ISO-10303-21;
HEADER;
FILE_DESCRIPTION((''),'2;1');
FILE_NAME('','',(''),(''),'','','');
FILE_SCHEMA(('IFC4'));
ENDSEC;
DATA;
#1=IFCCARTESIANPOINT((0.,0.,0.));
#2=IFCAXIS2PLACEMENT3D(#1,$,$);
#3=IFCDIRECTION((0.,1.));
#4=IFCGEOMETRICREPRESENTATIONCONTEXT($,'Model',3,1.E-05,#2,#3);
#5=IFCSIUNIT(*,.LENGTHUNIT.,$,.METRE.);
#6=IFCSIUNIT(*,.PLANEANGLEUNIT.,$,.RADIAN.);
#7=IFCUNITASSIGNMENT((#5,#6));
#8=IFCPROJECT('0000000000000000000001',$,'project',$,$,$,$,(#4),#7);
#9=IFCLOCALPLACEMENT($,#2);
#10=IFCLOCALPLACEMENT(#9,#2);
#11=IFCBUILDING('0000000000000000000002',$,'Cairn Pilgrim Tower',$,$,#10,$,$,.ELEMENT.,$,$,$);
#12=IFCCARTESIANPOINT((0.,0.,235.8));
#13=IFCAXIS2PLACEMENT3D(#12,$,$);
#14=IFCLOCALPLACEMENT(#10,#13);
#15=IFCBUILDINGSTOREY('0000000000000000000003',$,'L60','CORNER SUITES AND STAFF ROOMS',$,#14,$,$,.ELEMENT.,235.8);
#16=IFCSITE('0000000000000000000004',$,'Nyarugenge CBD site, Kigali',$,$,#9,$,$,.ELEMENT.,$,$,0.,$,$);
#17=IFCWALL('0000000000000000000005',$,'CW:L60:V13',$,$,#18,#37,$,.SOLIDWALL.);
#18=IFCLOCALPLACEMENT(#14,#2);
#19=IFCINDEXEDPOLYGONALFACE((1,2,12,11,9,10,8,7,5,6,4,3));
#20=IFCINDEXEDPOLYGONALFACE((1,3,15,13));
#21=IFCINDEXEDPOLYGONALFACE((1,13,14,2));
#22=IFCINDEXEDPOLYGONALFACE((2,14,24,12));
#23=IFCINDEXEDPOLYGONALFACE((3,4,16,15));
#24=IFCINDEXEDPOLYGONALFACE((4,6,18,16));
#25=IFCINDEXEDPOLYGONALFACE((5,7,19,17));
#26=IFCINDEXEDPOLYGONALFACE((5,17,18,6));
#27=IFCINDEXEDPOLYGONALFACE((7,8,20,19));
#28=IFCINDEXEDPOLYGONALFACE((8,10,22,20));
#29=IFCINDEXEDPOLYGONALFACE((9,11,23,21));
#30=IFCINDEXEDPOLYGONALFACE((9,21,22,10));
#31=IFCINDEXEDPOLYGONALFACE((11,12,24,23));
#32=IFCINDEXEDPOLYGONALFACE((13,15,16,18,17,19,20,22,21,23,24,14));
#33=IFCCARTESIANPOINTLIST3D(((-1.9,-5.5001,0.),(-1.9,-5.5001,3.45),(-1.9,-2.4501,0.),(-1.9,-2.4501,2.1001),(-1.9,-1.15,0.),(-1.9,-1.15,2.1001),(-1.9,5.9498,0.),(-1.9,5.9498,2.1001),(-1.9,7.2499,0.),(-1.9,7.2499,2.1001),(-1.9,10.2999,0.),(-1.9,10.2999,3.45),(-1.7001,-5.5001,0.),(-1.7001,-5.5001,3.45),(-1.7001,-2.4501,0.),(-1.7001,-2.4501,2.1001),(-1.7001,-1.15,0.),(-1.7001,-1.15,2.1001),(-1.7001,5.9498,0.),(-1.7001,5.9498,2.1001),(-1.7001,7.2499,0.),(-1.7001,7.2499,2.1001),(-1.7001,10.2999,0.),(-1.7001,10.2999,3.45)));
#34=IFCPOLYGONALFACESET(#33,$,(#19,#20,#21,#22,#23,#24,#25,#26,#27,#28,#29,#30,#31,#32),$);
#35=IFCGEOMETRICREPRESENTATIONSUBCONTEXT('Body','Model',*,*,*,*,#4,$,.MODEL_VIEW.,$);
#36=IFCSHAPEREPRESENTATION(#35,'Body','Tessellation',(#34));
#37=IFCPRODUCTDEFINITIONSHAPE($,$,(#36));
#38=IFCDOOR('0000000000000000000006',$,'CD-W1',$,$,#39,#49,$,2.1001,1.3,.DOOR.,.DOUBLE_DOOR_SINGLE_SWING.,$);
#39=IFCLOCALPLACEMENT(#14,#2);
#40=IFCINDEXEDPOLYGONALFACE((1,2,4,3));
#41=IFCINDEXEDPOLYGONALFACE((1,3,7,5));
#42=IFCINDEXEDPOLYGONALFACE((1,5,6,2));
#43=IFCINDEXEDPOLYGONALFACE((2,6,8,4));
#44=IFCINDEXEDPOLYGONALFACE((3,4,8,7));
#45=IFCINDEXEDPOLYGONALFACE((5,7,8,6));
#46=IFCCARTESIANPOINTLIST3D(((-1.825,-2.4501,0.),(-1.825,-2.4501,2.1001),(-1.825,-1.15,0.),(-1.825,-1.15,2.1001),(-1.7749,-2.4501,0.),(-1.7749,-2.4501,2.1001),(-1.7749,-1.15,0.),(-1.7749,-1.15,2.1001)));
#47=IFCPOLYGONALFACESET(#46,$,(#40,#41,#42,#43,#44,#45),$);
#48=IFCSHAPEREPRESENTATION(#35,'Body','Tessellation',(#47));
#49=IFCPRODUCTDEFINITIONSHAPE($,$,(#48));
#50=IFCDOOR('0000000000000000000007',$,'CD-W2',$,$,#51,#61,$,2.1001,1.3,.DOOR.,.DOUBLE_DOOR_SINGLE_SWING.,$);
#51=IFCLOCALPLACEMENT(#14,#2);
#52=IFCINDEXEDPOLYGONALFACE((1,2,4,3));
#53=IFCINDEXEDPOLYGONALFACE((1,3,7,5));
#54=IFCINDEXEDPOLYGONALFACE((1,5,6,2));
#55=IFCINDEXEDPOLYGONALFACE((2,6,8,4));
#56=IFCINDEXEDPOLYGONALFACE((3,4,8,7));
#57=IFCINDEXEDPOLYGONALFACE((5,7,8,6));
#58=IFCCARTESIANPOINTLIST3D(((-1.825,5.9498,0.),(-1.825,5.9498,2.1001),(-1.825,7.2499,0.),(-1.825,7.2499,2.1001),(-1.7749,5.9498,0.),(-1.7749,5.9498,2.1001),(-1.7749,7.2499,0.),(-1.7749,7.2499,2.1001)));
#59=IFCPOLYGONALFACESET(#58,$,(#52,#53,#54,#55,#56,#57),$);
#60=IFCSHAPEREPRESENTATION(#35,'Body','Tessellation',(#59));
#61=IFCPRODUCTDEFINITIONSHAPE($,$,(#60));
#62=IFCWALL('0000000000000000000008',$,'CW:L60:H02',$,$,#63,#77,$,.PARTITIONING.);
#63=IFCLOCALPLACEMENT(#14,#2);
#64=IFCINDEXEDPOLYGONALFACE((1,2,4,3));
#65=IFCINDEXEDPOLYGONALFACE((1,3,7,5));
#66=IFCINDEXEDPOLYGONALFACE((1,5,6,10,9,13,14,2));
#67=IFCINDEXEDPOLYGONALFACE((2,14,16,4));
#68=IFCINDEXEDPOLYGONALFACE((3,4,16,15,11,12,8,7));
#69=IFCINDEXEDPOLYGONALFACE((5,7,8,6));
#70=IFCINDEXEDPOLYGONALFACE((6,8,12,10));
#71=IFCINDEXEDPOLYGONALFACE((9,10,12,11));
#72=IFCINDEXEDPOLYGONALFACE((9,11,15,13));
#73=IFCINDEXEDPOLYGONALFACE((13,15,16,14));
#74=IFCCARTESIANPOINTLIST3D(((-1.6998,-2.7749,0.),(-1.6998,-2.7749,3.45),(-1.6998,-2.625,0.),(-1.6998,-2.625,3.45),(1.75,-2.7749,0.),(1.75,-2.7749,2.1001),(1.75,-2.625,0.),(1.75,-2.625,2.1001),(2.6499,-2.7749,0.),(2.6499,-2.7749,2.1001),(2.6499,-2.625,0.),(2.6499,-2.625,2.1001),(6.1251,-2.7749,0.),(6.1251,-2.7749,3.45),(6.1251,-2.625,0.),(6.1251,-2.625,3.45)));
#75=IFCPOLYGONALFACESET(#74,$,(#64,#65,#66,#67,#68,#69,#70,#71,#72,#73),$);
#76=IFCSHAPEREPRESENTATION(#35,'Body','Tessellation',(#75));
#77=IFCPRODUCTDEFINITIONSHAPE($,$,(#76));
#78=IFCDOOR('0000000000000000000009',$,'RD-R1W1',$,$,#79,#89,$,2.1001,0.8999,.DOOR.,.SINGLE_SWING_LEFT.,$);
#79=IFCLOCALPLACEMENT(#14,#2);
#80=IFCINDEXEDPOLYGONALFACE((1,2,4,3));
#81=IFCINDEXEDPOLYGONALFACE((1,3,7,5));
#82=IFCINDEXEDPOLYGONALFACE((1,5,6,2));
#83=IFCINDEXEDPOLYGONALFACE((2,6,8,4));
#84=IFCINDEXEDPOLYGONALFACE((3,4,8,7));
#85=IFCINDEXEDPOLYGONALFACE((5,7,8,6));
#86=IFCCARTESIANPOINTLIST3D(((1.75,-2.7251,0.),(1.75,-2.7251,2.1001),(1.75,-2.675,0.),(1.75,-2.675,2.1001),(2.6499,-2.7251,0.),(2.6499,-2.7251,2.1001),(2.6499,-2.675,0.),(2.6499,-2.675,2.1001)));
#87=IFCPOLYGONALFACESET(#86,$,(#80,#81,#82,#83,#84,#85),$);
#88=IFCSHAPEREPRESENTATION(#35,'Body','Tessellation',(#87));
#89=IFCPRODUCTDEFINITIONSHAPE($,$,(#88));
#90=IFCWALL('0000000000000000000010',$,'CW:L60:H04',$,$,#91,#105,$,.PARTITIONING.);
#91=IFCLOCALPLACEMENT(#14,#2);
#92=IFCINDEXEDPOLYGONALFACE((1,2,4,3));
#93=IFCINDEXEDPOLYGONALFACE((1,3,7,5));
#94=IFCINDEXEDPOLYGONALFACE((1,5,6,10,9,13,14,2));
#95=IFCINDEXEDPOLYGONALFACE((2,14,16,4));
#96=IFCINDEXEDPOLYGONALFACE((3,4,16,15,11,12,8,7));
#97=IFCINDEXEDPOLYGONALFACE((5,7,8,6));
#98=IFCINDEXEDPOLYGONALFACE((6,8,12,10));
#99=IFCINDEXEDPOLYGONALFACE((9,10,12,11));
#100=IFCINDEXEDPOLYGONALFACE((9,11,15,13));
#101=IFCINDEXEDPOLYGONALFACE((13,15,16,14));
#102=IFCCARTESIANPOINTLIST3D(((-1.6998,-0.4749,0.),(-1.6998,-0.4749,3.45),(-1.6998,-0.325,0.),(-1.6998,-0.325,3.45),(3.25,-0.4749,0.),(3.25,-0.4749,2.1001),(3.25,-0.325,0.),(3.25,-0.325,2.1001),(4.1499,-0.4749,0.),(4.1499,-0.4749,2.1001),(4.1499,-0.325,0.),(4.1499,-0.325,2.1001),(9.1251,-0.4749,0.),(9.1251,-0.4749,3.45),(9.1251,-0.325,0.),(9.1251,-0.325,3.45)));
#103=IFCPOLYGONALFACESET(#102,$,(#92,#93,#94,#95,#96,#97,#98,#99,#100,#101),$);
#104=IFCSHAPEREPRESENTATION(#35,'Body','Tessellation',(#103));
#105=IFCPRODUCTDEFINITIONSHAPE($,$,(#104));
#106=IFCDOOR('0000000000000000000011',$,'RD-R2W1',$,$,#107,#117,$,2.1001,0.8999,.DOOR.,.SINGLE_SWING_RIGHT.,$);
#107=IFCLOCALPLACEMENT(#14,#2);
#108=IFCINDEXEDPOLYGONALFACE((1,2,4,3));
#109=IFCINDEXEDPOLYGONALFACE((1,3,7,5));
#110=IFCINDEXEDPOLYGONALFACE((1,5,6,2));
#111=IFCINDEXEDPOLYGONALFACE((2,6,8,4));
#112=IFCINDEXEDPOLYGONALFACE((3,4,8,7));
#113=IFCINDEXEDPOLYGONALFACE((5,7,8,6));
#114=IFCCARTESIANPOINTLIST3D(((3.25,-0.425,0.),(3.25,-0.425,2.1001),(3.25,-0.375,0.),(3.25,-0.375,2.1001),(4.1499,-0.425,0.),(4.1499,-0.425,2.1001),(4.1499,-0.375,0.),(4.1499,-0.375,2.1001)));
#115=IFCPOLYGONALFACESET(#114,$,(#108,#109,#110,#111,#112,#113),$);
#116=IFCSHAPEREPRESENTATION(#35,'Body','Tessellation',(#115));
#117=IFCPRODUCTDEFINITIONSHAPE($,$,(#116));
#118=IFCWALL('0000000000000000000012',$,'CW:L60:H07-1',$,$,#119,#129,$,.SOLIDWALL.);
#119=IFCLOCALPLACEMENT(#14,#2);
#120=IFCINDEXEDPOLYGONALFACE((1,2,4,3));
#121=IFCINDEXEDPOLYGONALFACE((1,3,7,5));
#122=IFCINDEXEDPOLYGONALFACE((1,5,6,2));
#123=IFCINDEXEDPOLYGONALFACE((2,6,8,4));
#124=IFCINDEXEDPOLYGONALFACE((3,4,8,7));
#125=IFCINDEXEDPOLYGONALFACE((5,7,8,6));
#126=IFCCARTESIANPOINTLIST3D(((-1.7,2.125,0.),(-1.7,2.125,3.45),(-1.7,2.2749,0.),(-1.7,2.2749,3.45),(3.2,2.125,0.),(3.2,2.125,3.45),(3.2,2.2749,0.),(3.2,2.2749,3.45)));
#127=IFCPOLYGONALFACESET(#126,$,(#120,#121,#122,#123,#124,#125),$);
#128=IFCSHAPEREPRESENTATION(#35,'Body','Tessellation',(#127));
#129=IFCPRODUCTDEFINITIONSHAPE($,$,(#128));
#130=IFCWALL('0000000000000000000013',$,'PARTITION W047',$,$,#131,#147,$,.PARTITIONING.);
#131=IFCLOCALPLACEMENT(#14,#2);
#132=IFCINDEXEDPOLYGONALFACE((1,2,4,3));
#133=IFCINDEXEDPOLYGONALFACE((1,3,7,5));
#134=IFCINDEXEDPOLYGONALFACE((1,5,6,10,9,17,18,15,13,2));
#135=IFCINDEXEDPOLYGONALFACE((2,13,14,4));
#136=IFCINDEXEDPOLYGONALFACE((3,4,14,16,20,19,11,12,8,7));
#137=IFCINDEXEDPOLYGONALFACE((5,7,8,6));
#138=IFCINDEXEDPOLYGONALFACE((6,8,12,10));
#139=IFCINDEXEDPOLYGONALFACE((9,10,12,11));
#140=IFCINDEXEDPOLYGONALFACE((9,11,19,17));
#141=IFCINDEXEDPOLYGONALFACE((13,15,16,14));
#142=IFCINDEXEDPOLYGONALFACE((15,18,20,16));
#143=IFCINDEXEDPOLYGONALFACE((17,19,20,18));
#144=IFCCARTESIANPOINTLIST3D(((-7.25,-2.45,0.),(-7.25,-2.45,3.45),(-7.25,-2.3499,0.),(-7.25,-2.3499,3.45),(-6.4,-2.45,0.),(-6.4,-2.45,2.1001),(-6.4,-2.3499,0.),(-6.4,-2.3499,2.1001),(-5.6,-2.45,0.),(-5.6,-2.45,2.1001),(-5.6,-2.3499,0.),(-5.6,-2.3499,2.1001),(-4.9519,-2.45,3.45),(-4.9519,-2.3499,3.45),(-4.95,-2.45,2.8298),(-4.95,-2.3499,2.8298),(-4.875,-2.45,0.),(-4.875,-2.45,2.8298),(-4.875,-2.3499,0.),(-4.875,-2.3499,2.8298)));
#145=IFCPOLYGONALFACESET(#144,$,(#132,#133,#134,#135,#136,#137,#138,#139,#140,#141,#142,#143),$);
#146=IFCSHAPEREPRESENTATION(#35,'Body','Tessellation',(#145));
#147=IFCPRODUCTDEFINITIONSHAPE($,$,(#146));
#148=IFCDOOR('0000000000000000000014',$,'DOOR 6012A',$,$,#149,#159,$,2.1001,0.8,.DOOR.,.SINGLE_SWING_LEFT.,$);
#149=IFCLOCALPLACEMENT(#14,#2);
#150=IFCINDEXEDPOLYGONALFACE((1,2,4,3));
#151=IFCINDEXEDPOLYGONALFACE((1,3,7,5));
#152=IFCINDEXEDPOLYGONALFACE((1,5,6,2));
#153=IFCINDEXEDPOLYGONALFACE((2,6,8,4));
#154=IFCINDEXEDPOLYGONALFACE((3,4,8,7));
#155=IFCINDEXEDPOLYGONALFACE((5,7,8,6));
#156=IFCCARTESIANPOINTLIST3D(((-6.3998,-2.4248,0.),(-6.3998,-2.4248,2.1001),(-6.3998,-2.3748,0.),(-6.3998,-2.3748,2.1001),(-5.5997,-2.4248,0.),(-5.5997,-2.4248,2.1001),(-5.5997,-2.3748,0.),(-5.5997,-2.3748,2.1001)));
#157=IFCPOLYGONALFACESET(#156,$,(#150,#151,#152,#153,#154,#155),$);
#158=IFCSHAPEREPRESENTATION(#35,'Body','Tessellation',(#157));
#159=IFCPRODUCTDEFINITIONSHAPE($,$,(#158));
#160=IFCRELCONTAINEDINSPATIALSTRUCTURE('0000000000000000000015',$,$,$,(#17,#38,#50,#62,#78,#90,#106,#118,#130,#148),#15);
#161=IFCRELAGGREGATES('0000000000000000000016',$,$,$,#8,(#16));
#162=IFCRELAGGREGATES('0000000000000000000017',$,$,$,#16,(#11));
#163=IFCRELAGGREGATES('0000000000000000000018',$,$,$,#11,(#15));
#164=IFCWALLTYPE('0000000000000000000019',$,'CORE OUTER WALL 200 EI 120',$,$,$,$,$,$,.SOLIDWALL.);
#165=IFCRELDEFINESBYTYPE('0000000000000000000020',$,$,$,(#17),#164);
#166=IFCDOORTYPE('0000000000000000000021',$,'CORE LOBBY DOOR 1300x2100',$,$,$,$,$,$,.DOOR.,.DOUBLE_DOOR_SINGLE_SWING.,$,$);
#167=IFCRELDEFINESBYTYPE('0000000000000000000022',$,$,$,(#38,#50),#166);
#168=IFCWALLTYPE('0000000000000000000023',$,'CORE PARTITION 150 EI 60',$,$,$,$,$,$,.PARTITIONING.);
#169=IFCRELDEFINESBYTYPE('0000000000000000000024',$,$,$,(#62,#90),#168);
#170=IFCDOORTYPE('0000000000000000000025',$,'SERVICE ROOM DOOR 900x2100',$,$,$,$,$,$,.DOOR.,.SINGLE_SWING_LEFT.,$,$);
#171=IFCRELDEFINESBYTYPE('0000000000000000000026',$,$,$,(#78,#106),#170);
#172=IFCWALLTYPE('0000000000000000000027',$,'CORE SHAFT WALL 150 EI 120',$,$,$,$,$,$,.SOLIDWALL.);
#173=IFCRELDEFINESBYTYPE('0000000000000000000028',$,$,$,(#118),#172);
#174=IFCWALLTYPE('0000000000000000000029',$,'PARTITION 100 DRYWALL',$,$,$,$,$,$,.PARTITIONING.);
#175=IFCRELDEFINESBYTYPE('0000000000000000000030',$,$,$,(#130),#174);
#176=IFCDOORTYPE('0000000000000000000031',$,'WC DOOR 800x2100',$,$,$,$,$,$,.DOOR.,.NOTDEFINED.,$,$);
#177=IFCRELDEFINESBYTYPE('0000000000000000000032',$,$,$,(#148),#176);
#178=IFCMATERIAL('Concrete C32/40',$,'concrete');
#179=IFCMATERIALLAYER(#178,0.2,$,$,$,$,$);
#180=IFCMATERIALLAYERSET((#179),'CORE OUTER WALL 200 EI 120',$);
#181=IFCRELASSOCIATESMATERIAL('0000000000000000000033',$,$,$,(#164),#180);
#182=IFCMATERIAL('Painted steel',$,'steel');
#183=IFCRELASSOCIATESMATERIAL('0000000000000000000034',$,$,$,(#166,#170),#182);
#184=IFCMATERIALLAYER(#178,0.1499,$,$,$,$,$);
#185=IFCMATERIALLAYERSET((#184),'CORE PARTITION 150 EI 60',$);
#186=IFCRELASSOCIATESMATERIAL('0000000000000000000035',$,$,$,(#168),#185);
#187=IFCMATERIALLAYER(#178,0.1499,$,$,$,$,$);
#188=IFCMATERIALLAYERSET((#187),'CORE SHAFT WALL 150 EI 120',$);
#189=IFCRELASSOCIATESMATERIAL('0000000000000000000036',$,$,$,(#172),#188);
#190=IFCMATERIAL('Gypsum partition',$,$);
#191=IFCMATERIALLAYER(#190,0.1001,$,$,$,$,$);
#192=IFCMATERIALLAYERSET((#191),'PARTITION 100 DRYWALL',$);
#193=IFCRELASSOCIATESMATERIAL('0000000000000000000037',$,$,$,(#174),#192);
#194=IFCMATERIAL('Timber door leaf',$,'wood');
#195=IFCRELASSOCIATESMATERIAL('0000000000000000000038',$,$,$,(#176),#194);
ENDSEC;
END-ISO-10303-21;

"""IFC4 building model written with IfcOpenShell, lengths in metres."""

from ifc_helpers import new_model, si_unit, direction, frame, frame_2d, origin, place, context, subcontext, project, spatial, polyline, rectangle, outline, extrude, material, layer, layer_set, type_object, element, fill, save


model = new_model("IFC4")

# Units and contexts
model_context = context("Model", 3, precision=1e-05, world=origin(), true_north=direction((0.0, 1.0)))
body_context = subcontext(model_context, "Body", "Model", "MODEL_VIEW")
ifc_project = project(units=[si_unit("LENGTHUNIT", "METRE"), si_unit("PLANEANGLEUNIT", "RADIAN")], contexts=[model_context])

# Site, building, storey
site_placement = place(None, origin())
site = spatial("IfcSite", under=ifc_project, at=site_placement, Name="Nyarugenge CBD site, Kigali", CompositionType="ELEMENT", RefElevation=0.0)
building_placement = place(site_placement, origin())
building = spatial("IfcBuilding", under=site, at=building_placement, Name="Cairn Pilgrim Tower", CompositionType="ELEMENT")
storey_placement = place(building_placement, frame((0.0, 0.0, 235.8)))
storey = spatial("IfcBuildingStorey", under=building, at=storey_placement, Name="L60", Description="CORNER SUITES AND STAFF ROOMS", CompositionType="ELEMENT", Elevation=235.8)

# Shared definitions
ifc_material_1 = material(Name="Concrete C32/40", Category="concrete")
ifc_layer_1 = layer(ifc_material_1, 0.2)
ifc_layer_set_1 = layer_set([ifc_layer_1], Name="CORE OUTER WALL 200 EI 120")
wall_type_1 = type_object("IfcWallType", Name="CORE OUTER WALL 200 EI 120", PredefinedType="SOLIDWALL", material=ifc_layer_set_1)

# Wall, openings, doors
wall_1_placement = place(storey_placement, frame((-1.8, -5.5, 0.0), z_axis=(0.0, 0.0, 1.0), x_axis=(0.0, 1.0, 0.0)))
wall_1 = element("IfcWall", 1, at=wall_1_placement, inside=storey, type_object=wall_type_1, Name="CW:L60:V13", PredefinedType="SOLIDWALL", context=body_context, shape_type="SweptSolid", body=[
    extrude(rectangle(XDim=15.8, YDim=0.2, at=frame_2d((7.8999, 0.0))), origin(), (0.0, 0.0, 1.0), 3.45),
])
opening_1_placement = place(wall_1_placement, frame((3.05, 0.0, 0.0)))
opening_1 = element("IfcOpeningElement", 2, at=opening_1_placement, cuts=wall_1, PredefinedType="OPENING", context=body_context, shape_type="SweptSolid", body=[
    extrude(rectangle(XDim=1.3, YDim=2.1001, at=frame_2d((0.6499, 1.05))), frame((0.0, 0.1099, 0.0), z_axis=(0.0, -1.0, 0.0), x_axis=(1.0, 0.0, 0.0)), (0.0, 0.0, 1.0), 0.22),
])
opening_2_placement = place(wall_1_placement, frame((11.45, 0.0, 0.0)))
opening_2 = element("IfcOpeningElement", 3, at=opening_2_placement, cuts=wall_1, PredefinedType="OPENING", context=body_context, shape_type="SweptSolid", body=[
    extrude(rectangle(XDim=1.3, YDim=2.1001, at=frame_2d((0.6499, 1.05))), frame((0.0, 0.1099, 0.0), z_axis=(0.0, -1.0, 0.0), x_axis=(1.0, 0.0, 0.0)), (0.0, 0.0, 1.0), 0.22),
])
ifc_material_2 = material(Name="Painted steel", Category="steel")
door_type_1 = type_object("IfcDoorType", Name="CORE LOBBY DOOR 1300x2100", OperationType="DOUBLE_DOOR_SINGLE_SWING", PredefinedType="DOOR", material=ifc_material_2)
door_1_placement = place(opening_1_placement, origin())
door_1 = element("IfcDoor", 4, at=door_1_placement, inside=storey, type_object=door_type_1, Name="CD-W1", OperationType="DOUBLE_DOOR_SINGLE_SWING", OverallHeight=2.1001, OverallWidth=1.3, PredefinedType="DOOR", context=body_context, shape_type="SweptSolid", body=[
    extrude(rectangle(XDim=1.3, YDim=2.1001, at=frame_2d((0.6499, 1.05))), frame((0.0, 0.0249, 0.0), z_axis=(0.0, -1.0, 0.0), x_axis=(1.0, 0.0, 0.0)), (0.0, 0.0, 1.0), 0.05),
])
fill(opening_1, door_1)
door_2_placement = place(opening_2_placement, origin())
door_2 = element("IfcDoor", 5, at=door_2_placement, inside=storey, type_object=door_type_1, Name="CD-W2", OperationType="DOUBLE_DOOR_SINGLE_SWING", OverallHeight=2.1001, OverallWidth=1.3, PredefinedType="DOOR", context=body_context, shape_type="SweptSolid", body=[
    extrude(rectangle(XDim=1.3, YDim=2.1001, at=frame_2d((0.6499, 1.05))), frame((0.0, 0.0249, 0.0), z_axis=(0.0, -1.0, 0.0), x_axis=(1.0, 0.0, 0.0)), (0.0, 0.0, 1.0), 0.05),
])
fill(opening_2, door_2)

# Walls, openings, doors
ifc_layer_2 = layer(ifc_material_1, 0.1499)
ifc_layer_set_2 = layer_set([ifc_layer_2], Name="CORE PARTITION 150 EI 60")
wall_type_2 = type_object("IfcWallType", Name="CORE PARTITION 150 EI 60", PredefinedType="PARTITIONING", material=ifc_layer_set_2)
wall_2_placement = place(storey_placement, frame((-1.7, -2.7, 0.0), z_axis=(0.0, 0.0, 1.0), x_axis=(1.0, 0.0, 0.0)))
wall_2 = element("IfcWall", 6, at=wall_2_placement, inside=storey, type_object=wall_type_2, Name="CW:L60:H02", PredefinedType="PARTITIONING", context=body_context, shape_type="SweptSolid", body=[
    extrude(rectangle(XDim=7.825, YDim=0.1499, at=frame_2d((3.9126, 0.0))), origin(), (0.0, 0.0, 1.0), 3.45),
])
opening_3_placement = place(wall_2_placement, frame((3.45, 0.0, 0.0)))
opening_3 = element("IfcOpeningElement", 7, at=opening_3_placement, cuts=wall_2, PredefinedType="OPENING", context=body_context, shape_type="SweptSolid", body=[
    extrude(rectangle(XDim=0.8999, YDim=2.1001, at=frame_2d((0.45, 1.05))), frame((0.0, 0.085, 0.0), z_axis=(0.0, -1.0, 0.0), x_axis=(1.0, 0.0, 0.0)), (0.0, 0.0, 1.0), 0.1699),
])
door_type_2 = type_object("IfcDoorType", Name="SERVICE ROOM DOOR 900x2100", OperationType="SINGLE_SWING_LEFT", PredefinedType="DOOR", material=ifc_material_2)
door_3_placement = place(opening_3_placement, origin())
door_3 = element("IfcDoor", 8, at=door_3_placement, inside=storey, type_object=door_type_2, Name="RD-R1W1", OperationType="SINGLE_SWING_LEFT", OverallHeight=2.1001, OverallWidth=0.8999, PredefinedType="DOOR", context=body_context, shape_type="SweptSolid", body=[
    extrude(rectangle(XDim=0.8999, YDim=2.1001, at=frame_2d((0.45, 1.05))), frame((0.0, 0.0249, 0.0), z_axis=(0.0, -1.0, 0.0), x_axis=(1.0, 0.0, 0.0)), (0.0, 0.0, 1.0), 0.05),
])
fill(opening_3, door_3)
wall_3_placement = place(storey_placement, frame((-1.7, -0.3999, 0.0), z_axis=(0.0, 0.0, 1.0), x_axis=(1.0, 0.0, 0.0)))
wall_3 = element("IfcWall", 9, at=wall_3_placement, inside=storey, type_object=wall_type_2, Name="CW:L60:H04", PredefinedType="PARTITIONING", context=body_context, shape_type="SweptSolid", body=[
    extrude(rectangle(XDim=10.825, YDim=0.1499, at=frame_2d((5.4126, 0.0))), origin(), (0.0, 0.0, 1.0), 3.45),
])
opening_4_placement = place(wall_3_placement, frame((4.95, 0.0, 0.0)))
opening_4 = element("IfcOpeningElement", 10, at=opening_4_placement, cuts=wall_3, PredefinedType="OPENING", context=body_context, shape_type="SweptSolid", body=[
    extrude(rectangle(XDim=0.8999, YDim=2.1001, at=frame_2d((0.45, 1.05))), frame((0.0, 0.085, 0.0), z_axis=(0.0, -1.0, 0.0), x_axis=(1.0, 0.0, 0.0)), (0.0, 0.0, 1.0), 0.1699),
])
door_4_placement = place(opening_4_placement, origin())
door_4 = element("IfcDoor", 11, at=door_4_placement, inside=storey, type_object=door_type_2, Name="RD-R2W1", OperationType="SINGLE_SWING_RIGHT", OverallHeight=2.1001, OverallWidth=0.8999, PredefinedType="DOOR", context=body_context, shape_type="SweptSolid", body=[
    extrude(rectangle(XDim=0.8999, YDim=2.1001, at=frame_2d((0.45, 1.05))), frame((0.0, 0.0249, 0.0), z_axis=(0.0, -1.0, 0.0), x_axis=(1.0, 0.0, 0.0)), (0.0, 0.0, 1.0), 0.05),
])
fill(opening_4, door_4)

# Wall
ifc_layer_3 = layer(ifc_material_1, 0.1499)
ifc_layer_set_3 = layer_set([ifc_layer_3], Name="CORE SHAFT WALL 150 EI 120")
wall_type_3 = type_object("IfcWallType", Name="CORE SHAFT WALL 150 EI 120", PredefinedType="SOLIDWALL", material=ifc_layer_set_3)
wall_4_placement = place(storey_placement, frame((-1.7, 2.2, 0.0), z_axis=(0.0, 0.0, 1.0), x_axis=(1.0, 0.0, 0.0)))
element("IfcWall", 12, at=wall_4_placement, inside=storey, type_object=wall_type_3, Name="CW:L60:H07-1", PredefinedType="SOLIDWALL", context=body_context, shape_type="SweptSolid", body=[
    extrude(rectangle(XDim=4.8999, YDim=0.1499, at=frame_2d((2.45, 0.0))), origin(), (0.0, 0.0, 1.0), 3.45),
])

# Wall, opening, door
ifc_material_3 = material(Name="Gypsum partition")
ifc_layer_4 = layer(ifc_material_3, 0.1001)
ifc_layer_set_4 = layer_set([ifc_layer_4], Name="PARTITION 100 DRYWALL")
wall_type_4 = type_object("IfcWallType", Name="PARTITION 100 DRYWALL", PredefinedType="PARTITIONING", material=ifc_layer_set_4)
wall_5_placement = place(storey_placement, frame((-7.25, -2.3999, 0.0), z_axis=(0.0, 0.0, 1.0), x_axis=(1.0, 0.0, 0.0)))
wall_5 = element("IfcWall", 13, at=wall_5_placement, inside=storey, type_object=wall_type_4, Name="PARTITION W047", PredefinedType="PARTITIONING", context=body_context, shape_type="SweptSolid", body=[
    extrude(outline(polyline([(0.0, 0.0), (2.375, 0.0), (2.375, 2.8298), (2.3, 2.8298), (2.2981, 3.45), (0.0, 3.45), (0.0, 0.0)])), frame((0.0, 0.05, 0.0), z_axis=(0.0, -1.0, 0.0), x_axis=(1.0, 0.0, 0.0)), (0.0, 0.0, 1.0), 0.1001),
])
opening_5_placement = place(wall_5_placement, frame((0.8501, 0.0, 0.0)))
opening_5 = element("IfcOpeningElement", 14, at=opening_5_placement, cuts=wall_5, PredefinedType="OPENING", context=body_context, shape_type="SweptSolid", body=[
    extrude(rectangle(XDim=0.8, YDim=2.1001, at=frame_2d((0.3999, 1.05))), frame((0.0, 0.0601, 0.0), z_axis=(0.0, -1.0, 0.0), x_axis=(1.0, 0.0, 0.0)), (0.0, 0.0, 1.0), 0.1201),
])
ifc_material_4 = material(Name="Timber door leaf", Category="wood")
door_type_3 = type_object("IfcDoorType", Name="WC DOOR 800x2100", OperationType="NOTDEFINED", PredefinedType="DOOR", material=ifc_material_4)
door_5_placement = place(opening_5_placement, frame((0.8, 0.0, 0.0), z_axis=(0.0, 0.0, 1.0), x_axis=(-1.0, 0.0, 0.0)))
door_5 = element("IfcDoor", 15, at=door_5_placement, inside=storey, type_object=door_type_3, Name="DOOR 6012A", OperationType="SINGLE_SWING_LEFT", OverallHeight=2.1001, OverallWidth=0.8, PredefinedType="DOOR", context=body_context, shape_type="SweptSolid", body=[
    extrude(rectangle(XDim=0.8, YDim=2.1001, at=frame_2d((0.3999, 1.05))), frame((0.0, 0.0249, 0.0), z_axis=(0.0, -1.0, 0.0), x_axis=(1.0, 0.0, 0.0)), (0.0, 0.0, 1.0), 0.05),
])
fill(opening_5, door_5)

save(model, "model.ifc")
